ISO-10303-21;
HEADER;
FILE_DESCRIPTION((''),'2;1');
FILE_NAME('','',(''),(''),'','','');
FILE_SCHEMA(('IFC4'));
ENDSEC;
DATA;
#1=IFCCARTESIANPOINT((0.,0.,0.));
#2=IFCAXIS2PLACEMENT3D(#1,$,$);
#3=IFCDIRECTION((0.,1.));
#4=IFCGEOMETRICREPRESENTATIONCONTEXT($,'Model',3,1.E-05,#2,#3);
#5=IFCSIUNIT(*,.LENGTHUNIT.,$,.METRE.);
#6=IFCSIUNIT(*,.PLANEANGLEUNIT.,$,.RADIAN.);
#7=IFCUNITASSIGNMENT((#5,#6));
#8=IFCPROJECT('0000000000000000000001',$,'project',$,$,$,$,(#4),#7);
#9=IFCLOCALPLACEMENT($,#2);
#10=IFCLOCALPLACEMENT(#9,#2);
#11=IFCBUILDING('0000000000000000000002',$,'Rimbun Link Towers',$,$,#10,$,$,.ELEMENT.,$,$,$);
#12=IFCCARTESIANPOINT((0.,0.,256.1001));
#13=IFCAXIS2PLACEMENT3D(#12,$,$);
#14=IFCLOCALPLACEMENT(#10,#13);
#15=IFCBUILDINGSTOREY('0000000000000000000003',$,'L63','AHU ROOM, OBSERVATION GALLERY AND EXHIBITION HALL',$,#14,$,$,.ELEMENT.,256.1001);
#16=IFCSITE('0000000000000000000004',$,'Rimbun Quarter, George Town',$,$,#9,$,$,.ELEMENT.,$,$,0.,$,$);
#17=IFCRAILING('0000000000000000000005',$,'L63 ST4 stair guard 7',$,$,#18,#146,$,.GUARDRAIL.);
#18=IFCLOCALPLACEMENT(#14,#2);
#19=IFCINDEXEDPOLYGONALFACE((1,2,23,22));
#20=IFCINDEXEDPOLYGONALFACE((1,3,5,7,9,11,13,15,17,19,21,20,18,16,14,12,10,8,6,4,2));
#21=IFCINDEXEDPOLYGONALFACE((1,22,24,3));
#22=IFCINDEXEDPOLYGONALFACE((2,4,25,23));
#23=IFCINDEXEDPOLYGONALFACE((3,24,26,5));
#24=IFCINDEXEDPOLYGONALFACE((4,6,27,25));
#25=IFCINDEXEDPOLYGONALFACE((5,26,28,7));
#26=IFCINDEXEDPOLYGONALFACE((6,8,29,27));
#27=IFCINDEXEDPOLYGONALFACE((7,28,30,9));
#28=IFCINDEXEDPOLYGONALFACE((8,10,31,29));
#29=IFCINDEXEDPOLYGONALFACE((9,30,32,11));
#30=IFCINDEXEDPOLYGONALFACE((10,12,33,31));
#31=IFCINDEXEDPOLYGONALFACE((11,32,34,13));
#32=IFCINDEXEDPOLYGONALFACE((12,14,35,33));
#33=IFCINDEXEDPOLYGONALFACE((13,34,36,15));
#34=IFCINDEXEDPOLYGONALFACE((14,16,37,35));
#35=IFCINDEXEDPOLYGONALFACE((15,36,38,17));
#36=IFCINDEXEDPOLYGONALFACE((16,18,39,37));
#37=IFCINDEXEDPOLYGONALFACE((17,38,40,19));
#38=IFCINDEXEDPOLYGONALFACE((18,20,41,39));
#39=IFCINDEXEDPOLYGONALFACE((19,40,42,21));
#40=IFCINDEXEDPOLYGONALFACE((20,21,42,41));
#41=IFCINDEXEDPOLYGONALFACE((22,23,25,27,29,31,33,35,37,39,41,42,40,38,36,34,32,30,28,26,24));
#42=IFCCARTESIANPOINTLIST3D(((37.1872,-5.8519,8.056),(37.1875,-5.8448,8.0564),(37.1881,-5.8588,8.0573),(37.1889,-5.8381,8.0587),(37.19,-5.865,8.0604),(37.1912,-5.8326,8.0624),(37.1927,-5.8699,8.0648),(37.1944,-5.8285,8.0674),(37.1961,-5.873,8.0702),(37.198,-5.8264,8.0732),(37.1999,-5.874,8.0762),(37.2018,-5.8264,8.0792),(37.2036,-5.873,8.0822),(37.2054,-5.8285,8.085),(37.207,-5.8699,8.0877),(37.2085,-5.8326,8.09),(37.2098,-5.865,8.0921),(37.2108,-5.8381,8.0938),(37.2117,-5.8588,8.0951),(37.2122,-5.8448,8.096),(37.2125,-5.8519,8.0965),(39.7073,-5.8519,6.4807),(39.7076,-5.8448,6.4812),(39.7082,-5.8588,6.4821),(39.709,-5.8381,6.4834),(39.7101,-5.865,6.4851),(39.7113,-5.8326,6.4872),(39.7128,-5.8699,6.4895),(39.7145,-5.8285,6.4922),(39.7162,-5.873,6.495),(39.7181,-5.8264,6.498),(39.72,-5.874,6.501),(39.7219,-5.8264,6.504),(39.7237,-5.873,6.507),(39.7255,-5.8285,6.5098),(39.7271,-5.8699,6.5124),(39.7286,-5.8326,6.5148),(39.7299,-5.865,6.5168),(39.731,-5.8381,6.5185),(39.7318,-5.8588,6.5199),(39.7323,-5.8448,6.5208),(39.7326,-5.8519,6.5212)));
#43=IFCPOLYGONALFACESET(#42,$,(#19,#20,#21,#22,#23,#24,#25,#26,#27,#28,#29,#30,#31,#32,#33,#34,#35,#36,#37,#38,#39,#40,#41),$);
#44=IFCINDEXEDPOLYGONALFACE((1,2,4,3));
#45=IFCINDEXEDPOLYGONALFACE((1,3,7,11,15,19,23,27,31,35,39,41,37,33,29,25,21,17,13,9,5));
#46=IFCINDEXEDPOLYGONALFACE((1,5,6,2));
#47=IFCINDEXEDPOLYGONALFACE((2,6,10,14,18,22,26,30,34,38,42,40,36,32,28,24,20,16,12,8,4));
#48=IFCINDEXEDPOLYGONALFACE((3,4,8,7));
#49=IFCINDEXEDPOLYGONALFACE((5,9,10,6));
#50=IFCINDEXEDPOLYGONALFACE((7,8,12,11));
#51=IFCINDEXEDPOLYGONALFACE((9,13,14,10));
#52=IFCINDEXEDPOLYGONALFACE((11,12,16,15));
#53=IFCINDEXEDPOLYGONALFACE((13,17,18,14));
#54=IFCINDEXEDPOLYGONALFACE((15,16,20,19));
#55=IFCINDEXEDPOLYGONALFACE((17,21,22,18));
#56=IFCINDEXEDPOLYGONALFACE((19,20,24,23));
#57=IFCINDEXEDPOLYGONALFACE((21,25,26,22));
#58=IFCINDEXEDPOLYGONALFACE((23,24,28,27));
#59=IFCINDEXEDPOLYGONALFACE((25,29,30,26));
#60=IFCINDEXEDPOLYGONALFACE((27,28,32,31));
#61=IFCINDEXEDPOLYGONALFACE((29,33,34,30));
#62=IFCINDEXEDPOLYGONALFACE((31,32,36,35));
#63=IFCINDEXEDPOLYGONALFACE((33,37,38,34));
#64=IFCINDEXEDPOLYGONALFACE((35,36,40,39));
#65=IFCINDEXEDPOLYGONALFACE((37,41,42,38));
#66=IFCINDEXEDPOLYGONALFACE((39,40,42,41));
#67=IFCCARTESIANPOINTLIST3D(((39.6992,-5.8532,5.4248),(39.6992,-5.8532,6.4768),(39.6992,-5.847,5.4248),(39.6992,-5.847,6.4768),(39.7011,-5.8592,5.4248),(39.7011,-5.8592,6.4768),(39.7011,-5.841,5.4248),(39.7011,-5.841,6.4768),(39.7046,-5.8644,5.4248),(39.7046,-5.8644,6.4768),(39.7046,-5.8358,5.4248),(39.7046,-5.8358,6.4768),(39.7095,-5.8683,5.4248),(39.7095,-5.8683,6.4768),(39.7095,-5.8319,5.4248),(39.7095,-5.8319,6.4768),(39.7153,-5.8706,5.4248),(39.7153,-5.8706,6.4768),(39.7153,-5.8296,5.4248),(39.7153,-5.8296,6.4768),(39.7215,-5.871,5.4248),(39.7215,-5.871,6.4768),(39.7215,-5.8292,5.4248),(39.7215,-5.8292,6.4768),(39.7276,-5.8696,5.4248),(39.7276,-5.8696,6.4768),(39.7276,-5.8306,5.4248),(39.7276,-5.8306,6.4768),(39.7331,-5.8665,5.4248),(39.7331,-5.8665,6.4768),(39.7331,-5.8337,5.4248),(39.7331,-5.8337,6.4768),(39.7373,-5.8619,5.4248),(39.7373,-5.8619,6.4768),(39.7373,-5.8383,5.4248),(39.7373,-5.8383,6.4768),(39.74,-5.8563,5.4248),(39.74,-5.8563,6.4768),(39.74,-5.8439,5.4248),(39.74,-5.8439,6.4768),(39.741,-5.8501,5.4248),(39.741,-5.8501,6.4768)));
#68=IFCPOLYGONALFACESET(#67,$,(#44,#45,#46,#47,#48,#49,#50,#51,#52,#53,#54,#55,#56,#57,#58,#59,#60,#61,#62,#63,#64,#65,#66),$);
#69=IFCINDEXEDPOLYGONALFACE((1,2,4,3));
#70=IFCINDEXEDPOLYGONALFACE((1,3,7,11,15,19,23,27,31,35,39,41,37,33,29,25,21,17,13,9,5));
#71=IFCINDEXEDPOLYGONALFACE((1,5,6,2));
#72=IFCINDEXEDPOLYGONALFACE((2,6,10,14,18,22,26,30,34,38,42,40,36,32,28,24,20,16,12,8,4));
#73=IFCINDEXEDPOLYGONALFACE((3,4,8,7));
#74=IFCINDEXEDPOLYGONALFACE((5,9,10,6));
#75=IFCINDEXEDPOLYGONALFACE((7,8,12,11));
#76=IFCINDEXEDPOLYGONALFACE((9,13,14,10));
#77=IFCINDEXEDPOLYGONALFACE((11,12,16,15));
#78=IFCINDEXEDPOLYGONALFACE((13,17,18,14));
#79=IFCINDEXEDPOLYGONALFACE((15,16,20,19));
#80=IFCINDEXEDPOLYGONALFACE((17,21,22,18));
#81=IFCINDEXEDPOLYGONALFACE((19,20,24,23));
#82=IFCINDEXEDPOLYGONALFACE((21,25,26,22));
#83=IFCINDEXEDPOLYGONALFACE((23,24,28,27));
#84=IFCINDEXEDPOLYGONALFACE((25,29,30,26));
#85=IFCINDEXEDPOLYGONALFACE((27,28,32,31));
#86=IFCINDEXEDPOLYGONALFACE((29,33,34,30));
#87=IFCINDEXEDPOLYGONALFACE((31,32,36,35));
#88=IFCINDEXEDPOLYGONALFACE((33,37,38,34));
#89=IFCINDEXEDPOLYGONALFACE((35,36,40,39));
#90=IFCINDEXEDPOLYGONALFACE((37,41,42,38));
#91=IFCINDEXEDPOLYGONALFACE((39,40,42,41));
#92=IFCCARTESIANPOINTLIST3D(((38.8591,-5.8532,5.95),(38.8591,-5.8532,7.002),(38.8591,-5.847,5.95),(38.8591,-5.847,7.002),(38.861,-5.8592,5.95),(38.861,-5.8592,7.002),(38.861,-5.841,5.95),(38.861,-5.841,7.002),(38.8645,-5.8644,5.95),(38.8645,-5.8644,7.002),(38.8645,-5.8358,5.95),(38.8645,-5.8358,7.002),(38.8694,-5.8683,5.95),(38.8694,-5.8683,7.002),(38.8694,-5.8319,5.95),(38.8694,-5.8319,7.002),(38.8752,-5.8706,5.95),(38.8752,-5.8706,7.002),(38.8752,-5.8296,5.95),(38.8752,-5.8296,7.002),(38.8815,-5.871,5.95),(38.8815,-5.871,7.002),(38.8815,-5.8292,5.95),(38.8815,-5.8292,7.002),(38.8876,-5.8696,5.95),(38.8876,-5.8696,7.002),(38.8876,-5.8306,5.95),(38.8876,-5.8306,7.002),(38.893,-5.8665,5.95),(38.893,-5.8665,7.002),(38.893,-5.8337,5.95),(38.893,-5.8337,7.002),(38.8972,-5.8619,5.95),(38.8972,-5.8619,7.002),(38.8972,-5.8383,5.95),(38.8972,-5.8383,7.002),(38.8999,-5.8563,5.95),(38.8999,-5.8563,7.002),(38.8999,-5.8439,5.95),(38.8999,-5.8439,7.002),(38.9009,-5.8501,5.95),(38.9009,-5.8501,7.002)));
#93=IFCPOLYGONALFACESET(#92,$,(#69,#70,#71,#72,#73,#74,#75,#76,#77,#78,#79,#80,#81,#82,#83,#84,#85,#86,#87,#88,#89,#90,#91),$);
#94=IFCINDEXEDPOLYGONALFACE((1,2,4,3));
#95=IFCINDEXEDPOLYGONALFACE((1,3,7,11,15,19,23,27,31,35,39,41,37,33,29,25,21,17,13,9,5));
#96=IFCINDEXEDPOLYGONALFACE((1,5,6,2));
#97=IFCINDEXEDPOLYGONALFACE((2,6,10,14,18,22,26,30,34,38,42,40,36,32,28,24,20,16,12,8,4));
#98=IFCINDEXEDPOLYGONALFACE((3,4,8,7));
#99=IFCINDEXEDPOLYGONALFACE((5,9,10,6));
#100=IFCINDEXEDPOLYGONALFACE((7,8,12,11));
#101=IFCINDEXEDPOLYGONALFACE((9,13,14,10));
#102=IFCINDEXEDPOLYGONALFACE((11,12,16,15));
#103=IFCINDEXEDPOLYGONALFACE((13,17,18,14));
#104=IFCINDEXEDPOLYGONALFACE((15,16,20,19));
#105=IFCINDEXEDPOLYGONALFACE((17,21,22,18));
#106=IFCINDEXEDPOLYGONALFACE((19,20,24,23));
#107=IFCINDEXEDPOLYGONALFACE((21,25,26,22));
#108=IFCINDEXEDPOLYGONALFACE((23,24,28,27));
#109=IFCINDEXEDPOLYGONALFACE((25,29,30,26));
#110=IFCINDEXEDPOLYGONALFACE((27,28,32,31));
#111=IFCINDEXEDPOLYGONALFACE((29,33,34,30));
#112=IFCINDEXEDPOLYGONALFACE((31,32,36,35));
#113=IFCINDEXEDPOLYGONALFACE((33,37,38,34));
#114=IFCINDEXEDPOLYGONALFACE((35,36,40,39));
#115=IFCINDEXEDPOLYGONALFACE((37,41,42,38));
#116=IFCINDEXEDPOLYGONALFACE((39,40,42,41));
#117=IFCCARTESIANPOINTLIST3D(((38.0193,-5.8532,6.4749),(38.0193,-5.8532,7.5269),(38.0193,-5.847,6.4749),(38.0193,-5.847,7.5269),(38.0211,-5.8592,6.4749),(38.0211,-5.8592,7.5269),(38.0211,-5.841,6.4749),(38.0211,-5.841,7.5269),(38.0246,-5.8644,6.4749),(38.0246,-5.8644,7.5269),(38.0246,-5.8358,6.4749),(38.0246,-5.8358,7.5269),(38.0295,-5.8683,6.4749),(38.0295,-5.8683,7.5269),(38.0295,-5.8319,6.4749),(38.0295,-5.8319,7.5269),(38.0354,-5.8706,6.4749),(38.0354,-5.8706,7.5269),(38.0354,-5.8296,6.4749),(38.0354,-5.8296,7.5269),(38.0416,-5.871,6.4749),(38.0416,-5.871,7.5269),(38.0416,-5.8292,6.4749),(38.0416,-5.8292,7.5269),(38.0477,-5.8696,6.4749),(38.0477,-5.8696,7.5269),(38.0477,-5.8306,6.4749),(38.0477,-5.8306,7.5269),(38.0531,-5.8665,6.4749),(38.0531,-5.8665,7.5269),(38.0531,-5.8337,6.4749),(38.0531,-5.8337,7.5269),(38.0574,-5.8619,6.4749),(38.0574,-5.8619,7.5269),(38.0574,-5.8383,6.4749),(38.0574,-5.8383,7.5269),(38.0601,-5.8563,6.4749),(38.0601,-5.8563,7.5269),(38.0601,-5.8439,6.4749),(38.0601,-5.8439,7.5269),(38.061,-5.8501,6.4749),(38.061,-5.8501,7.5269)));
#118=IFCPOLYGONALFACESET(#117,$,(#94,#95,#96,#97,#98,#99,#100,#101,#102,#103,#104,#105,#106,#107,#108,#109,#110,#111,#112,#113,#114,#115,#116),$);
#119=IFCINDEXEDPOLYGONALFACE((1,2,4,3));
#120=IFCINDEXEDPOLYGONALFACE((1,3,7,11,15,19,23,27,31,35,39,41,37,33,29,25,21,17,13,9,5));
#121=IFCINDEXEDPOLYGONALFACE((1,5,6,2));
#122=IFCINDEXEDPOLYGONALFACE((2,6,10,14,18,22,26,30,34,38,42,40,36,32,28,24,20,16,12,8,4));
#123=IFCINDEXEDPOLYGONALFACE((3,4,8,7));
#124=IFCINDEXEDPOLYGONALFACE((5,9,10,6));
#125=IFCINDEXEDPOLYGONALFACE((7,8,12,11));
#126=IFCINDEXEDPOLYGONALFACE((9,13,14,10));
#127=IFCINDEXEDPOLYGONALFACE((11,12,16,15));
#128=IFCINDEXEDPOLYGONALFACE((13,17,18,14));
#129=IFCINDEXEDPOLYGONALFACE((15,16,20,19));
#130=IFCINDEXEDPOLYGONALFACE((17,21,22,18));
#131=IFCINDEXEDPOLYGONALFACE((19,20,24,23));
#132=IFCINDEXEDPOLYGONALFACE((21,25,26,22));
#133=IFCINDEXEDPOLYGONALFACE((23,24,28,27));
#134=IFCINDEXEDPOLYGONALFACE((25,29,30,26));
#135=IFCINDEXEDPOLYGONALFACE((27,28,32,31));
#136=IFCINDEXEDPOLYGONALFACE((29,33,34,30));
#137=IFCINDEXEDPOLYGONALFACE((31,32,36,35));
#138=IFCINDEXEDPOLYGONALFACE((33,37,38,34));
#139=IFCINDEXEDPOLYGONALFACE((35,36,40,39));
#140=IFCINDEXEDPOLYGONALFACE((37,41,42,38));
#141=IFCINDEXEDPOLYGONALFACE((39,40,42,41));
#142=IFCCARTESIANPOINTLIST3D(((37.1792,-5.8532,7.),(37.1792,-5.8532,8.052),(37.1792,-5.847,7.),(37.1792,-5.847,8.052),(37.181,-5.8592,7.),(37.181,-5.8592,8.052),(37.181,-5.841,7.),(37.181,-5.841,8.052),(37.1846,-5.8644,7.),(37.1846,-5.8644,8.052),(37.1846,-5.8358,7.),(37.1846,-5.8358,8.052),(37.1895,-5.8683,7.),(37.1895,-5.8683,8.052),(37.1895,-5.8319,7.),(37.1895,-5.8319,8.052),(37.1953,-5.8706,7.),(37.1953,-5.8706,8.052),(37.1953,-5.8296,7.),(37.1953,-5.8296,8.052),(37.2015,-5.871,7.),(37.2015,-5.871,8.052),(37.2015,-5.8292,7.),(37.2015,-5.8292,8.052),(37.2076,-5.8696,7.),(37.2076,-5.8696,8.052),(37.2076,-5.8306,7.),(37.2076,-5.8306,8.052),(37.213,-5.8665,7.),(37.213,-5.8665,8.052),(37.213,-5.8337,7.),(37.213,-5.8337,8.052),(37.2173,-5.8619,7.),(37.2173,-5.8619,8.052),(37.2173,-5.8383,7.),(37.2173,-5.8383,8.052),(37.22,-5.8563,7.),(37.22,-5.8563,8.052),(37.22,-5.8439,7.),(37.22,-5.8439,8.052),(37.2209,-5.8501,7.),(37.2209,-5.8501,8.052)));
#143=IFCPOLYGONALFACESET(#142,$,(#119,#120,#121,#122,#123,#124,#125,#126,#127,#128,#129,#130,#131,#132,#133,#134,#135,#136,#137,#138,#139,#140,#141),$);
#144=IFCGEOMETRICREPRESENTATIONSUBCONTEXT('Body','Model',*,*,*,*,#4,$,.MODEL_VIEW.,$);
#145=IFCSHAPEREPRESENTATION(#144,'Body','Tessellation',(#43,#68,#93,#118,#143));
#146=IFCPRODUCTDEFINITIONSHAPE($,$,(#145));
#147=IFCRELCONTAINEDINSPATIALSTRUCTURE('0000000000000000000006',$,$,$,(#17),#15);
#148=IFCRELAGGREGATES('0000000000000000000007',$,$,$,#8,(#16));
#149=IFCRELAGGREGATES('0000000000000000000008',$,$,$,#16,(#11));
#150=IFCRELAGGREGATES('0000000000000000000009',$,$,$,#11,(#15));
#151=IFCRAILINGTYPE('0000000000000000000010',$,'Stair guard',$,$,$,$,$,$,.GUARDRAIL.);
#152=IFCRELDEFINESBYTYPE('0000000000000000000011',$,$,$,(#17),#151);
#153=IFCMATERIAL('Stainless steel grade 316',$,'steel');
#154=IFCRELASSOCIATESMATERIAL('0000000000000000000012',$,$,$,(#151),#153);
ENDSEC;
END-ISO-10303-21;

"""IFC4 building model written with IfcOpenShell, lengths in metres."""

from ifc_helpers import new_model, si_unit, direction, frame, origin, origin_2d, place, context, subcontext, project, spatial, circle, extrude, material, type_object, element, save


model = new_model("IFC4")

# Units and contexts
model_context = context("Model", 3, precision=1e-05, world=origin(), true_north=direction((0.0, 1.0)))
body_context = subcontext(model_context, "Body", "Model", "MODEL_VIEW")
ifc_project = project(units=[si_unit("LENGTHUNIT", "METRE"), si_unit("PLANEANGLEUNIT", "RADIAN")], contexts=[model_context])

# Site, building, storey
site_placement = place(None, origin())
site = spatial("IfcSite", under=ifc_project, at=site_placement, Name="Rimbun Quarter, George Town", CompositionType="ELEMENT", RefElevation=0.0)
building_placement = place(site_placement, origin())
building = spatial("IfcBuilding", under=site, at=building_placement, Name="Rimbun Link Towers", CompositionType="ELEMENT")
storey_placement = place(building_placement, frame((0.0, 0.0, 256.1001)))
storey = spatial("IfcBuildingStorey", under=building, at=storey_placement, Name="L63", Description="AHU ROOM, OBSERVATION GALLERY AND EXHIBITION HALL", CompositionType="ELEMENT", Elevation=256.1001)

# Railing
ifc_material_1 = material(Name="Stainless steel grade 316", Category="steel")
railing_type_1 = type_object("IfcRailingType", Name="Stair guard", PredefinedType="GUARDRAIL", material=ifc_material_1)
railing_1_placement = place(storey_placement, frame((39.72, -5.8501, 5.4248)))
element("IfcRailing", 1, at=railing_1_placement, inside=storey, type_object=railing_type_1, Name="L63 ST4 stair guard 7", PredefinedType="GUARDRAIL", context=body_context, shape_type="SweptSolid", body=[
    extrude(circle(Radius=0.0239, at=origin_2d()), frame((0.0, 0.0, 1.0762), z_axis=(-0.847971, 0.0, 0.530043), x_axis=(0.0, -1.0, 0.0)), (0.0, 0.0, 1.0), 2.9719),
    extrude(circle(Radius=0.021, at=origin_2d()), origin(), (0.0, 0.0, 1.0), 1.052),
    extrude(circle(Radius=0.021, at=origin_2d()), frame((-0.8401, 0.0, 0.5251)), (0.0, 0.0, 1.0), 1.052),
    extrude(circle(Radius=0.021, at=origin_2d()), frame((-1.6799, 0.0, 1.05)), (0.0, 0.0, 1.0), 1.052),
    extrude(circle(Radius=0.021, at=origin_2d()), frame((-2.52, 0.0, 1.5752)), (0.0, 0.0, 1.0), 1.052),
])

save(model, "model.ifc")
